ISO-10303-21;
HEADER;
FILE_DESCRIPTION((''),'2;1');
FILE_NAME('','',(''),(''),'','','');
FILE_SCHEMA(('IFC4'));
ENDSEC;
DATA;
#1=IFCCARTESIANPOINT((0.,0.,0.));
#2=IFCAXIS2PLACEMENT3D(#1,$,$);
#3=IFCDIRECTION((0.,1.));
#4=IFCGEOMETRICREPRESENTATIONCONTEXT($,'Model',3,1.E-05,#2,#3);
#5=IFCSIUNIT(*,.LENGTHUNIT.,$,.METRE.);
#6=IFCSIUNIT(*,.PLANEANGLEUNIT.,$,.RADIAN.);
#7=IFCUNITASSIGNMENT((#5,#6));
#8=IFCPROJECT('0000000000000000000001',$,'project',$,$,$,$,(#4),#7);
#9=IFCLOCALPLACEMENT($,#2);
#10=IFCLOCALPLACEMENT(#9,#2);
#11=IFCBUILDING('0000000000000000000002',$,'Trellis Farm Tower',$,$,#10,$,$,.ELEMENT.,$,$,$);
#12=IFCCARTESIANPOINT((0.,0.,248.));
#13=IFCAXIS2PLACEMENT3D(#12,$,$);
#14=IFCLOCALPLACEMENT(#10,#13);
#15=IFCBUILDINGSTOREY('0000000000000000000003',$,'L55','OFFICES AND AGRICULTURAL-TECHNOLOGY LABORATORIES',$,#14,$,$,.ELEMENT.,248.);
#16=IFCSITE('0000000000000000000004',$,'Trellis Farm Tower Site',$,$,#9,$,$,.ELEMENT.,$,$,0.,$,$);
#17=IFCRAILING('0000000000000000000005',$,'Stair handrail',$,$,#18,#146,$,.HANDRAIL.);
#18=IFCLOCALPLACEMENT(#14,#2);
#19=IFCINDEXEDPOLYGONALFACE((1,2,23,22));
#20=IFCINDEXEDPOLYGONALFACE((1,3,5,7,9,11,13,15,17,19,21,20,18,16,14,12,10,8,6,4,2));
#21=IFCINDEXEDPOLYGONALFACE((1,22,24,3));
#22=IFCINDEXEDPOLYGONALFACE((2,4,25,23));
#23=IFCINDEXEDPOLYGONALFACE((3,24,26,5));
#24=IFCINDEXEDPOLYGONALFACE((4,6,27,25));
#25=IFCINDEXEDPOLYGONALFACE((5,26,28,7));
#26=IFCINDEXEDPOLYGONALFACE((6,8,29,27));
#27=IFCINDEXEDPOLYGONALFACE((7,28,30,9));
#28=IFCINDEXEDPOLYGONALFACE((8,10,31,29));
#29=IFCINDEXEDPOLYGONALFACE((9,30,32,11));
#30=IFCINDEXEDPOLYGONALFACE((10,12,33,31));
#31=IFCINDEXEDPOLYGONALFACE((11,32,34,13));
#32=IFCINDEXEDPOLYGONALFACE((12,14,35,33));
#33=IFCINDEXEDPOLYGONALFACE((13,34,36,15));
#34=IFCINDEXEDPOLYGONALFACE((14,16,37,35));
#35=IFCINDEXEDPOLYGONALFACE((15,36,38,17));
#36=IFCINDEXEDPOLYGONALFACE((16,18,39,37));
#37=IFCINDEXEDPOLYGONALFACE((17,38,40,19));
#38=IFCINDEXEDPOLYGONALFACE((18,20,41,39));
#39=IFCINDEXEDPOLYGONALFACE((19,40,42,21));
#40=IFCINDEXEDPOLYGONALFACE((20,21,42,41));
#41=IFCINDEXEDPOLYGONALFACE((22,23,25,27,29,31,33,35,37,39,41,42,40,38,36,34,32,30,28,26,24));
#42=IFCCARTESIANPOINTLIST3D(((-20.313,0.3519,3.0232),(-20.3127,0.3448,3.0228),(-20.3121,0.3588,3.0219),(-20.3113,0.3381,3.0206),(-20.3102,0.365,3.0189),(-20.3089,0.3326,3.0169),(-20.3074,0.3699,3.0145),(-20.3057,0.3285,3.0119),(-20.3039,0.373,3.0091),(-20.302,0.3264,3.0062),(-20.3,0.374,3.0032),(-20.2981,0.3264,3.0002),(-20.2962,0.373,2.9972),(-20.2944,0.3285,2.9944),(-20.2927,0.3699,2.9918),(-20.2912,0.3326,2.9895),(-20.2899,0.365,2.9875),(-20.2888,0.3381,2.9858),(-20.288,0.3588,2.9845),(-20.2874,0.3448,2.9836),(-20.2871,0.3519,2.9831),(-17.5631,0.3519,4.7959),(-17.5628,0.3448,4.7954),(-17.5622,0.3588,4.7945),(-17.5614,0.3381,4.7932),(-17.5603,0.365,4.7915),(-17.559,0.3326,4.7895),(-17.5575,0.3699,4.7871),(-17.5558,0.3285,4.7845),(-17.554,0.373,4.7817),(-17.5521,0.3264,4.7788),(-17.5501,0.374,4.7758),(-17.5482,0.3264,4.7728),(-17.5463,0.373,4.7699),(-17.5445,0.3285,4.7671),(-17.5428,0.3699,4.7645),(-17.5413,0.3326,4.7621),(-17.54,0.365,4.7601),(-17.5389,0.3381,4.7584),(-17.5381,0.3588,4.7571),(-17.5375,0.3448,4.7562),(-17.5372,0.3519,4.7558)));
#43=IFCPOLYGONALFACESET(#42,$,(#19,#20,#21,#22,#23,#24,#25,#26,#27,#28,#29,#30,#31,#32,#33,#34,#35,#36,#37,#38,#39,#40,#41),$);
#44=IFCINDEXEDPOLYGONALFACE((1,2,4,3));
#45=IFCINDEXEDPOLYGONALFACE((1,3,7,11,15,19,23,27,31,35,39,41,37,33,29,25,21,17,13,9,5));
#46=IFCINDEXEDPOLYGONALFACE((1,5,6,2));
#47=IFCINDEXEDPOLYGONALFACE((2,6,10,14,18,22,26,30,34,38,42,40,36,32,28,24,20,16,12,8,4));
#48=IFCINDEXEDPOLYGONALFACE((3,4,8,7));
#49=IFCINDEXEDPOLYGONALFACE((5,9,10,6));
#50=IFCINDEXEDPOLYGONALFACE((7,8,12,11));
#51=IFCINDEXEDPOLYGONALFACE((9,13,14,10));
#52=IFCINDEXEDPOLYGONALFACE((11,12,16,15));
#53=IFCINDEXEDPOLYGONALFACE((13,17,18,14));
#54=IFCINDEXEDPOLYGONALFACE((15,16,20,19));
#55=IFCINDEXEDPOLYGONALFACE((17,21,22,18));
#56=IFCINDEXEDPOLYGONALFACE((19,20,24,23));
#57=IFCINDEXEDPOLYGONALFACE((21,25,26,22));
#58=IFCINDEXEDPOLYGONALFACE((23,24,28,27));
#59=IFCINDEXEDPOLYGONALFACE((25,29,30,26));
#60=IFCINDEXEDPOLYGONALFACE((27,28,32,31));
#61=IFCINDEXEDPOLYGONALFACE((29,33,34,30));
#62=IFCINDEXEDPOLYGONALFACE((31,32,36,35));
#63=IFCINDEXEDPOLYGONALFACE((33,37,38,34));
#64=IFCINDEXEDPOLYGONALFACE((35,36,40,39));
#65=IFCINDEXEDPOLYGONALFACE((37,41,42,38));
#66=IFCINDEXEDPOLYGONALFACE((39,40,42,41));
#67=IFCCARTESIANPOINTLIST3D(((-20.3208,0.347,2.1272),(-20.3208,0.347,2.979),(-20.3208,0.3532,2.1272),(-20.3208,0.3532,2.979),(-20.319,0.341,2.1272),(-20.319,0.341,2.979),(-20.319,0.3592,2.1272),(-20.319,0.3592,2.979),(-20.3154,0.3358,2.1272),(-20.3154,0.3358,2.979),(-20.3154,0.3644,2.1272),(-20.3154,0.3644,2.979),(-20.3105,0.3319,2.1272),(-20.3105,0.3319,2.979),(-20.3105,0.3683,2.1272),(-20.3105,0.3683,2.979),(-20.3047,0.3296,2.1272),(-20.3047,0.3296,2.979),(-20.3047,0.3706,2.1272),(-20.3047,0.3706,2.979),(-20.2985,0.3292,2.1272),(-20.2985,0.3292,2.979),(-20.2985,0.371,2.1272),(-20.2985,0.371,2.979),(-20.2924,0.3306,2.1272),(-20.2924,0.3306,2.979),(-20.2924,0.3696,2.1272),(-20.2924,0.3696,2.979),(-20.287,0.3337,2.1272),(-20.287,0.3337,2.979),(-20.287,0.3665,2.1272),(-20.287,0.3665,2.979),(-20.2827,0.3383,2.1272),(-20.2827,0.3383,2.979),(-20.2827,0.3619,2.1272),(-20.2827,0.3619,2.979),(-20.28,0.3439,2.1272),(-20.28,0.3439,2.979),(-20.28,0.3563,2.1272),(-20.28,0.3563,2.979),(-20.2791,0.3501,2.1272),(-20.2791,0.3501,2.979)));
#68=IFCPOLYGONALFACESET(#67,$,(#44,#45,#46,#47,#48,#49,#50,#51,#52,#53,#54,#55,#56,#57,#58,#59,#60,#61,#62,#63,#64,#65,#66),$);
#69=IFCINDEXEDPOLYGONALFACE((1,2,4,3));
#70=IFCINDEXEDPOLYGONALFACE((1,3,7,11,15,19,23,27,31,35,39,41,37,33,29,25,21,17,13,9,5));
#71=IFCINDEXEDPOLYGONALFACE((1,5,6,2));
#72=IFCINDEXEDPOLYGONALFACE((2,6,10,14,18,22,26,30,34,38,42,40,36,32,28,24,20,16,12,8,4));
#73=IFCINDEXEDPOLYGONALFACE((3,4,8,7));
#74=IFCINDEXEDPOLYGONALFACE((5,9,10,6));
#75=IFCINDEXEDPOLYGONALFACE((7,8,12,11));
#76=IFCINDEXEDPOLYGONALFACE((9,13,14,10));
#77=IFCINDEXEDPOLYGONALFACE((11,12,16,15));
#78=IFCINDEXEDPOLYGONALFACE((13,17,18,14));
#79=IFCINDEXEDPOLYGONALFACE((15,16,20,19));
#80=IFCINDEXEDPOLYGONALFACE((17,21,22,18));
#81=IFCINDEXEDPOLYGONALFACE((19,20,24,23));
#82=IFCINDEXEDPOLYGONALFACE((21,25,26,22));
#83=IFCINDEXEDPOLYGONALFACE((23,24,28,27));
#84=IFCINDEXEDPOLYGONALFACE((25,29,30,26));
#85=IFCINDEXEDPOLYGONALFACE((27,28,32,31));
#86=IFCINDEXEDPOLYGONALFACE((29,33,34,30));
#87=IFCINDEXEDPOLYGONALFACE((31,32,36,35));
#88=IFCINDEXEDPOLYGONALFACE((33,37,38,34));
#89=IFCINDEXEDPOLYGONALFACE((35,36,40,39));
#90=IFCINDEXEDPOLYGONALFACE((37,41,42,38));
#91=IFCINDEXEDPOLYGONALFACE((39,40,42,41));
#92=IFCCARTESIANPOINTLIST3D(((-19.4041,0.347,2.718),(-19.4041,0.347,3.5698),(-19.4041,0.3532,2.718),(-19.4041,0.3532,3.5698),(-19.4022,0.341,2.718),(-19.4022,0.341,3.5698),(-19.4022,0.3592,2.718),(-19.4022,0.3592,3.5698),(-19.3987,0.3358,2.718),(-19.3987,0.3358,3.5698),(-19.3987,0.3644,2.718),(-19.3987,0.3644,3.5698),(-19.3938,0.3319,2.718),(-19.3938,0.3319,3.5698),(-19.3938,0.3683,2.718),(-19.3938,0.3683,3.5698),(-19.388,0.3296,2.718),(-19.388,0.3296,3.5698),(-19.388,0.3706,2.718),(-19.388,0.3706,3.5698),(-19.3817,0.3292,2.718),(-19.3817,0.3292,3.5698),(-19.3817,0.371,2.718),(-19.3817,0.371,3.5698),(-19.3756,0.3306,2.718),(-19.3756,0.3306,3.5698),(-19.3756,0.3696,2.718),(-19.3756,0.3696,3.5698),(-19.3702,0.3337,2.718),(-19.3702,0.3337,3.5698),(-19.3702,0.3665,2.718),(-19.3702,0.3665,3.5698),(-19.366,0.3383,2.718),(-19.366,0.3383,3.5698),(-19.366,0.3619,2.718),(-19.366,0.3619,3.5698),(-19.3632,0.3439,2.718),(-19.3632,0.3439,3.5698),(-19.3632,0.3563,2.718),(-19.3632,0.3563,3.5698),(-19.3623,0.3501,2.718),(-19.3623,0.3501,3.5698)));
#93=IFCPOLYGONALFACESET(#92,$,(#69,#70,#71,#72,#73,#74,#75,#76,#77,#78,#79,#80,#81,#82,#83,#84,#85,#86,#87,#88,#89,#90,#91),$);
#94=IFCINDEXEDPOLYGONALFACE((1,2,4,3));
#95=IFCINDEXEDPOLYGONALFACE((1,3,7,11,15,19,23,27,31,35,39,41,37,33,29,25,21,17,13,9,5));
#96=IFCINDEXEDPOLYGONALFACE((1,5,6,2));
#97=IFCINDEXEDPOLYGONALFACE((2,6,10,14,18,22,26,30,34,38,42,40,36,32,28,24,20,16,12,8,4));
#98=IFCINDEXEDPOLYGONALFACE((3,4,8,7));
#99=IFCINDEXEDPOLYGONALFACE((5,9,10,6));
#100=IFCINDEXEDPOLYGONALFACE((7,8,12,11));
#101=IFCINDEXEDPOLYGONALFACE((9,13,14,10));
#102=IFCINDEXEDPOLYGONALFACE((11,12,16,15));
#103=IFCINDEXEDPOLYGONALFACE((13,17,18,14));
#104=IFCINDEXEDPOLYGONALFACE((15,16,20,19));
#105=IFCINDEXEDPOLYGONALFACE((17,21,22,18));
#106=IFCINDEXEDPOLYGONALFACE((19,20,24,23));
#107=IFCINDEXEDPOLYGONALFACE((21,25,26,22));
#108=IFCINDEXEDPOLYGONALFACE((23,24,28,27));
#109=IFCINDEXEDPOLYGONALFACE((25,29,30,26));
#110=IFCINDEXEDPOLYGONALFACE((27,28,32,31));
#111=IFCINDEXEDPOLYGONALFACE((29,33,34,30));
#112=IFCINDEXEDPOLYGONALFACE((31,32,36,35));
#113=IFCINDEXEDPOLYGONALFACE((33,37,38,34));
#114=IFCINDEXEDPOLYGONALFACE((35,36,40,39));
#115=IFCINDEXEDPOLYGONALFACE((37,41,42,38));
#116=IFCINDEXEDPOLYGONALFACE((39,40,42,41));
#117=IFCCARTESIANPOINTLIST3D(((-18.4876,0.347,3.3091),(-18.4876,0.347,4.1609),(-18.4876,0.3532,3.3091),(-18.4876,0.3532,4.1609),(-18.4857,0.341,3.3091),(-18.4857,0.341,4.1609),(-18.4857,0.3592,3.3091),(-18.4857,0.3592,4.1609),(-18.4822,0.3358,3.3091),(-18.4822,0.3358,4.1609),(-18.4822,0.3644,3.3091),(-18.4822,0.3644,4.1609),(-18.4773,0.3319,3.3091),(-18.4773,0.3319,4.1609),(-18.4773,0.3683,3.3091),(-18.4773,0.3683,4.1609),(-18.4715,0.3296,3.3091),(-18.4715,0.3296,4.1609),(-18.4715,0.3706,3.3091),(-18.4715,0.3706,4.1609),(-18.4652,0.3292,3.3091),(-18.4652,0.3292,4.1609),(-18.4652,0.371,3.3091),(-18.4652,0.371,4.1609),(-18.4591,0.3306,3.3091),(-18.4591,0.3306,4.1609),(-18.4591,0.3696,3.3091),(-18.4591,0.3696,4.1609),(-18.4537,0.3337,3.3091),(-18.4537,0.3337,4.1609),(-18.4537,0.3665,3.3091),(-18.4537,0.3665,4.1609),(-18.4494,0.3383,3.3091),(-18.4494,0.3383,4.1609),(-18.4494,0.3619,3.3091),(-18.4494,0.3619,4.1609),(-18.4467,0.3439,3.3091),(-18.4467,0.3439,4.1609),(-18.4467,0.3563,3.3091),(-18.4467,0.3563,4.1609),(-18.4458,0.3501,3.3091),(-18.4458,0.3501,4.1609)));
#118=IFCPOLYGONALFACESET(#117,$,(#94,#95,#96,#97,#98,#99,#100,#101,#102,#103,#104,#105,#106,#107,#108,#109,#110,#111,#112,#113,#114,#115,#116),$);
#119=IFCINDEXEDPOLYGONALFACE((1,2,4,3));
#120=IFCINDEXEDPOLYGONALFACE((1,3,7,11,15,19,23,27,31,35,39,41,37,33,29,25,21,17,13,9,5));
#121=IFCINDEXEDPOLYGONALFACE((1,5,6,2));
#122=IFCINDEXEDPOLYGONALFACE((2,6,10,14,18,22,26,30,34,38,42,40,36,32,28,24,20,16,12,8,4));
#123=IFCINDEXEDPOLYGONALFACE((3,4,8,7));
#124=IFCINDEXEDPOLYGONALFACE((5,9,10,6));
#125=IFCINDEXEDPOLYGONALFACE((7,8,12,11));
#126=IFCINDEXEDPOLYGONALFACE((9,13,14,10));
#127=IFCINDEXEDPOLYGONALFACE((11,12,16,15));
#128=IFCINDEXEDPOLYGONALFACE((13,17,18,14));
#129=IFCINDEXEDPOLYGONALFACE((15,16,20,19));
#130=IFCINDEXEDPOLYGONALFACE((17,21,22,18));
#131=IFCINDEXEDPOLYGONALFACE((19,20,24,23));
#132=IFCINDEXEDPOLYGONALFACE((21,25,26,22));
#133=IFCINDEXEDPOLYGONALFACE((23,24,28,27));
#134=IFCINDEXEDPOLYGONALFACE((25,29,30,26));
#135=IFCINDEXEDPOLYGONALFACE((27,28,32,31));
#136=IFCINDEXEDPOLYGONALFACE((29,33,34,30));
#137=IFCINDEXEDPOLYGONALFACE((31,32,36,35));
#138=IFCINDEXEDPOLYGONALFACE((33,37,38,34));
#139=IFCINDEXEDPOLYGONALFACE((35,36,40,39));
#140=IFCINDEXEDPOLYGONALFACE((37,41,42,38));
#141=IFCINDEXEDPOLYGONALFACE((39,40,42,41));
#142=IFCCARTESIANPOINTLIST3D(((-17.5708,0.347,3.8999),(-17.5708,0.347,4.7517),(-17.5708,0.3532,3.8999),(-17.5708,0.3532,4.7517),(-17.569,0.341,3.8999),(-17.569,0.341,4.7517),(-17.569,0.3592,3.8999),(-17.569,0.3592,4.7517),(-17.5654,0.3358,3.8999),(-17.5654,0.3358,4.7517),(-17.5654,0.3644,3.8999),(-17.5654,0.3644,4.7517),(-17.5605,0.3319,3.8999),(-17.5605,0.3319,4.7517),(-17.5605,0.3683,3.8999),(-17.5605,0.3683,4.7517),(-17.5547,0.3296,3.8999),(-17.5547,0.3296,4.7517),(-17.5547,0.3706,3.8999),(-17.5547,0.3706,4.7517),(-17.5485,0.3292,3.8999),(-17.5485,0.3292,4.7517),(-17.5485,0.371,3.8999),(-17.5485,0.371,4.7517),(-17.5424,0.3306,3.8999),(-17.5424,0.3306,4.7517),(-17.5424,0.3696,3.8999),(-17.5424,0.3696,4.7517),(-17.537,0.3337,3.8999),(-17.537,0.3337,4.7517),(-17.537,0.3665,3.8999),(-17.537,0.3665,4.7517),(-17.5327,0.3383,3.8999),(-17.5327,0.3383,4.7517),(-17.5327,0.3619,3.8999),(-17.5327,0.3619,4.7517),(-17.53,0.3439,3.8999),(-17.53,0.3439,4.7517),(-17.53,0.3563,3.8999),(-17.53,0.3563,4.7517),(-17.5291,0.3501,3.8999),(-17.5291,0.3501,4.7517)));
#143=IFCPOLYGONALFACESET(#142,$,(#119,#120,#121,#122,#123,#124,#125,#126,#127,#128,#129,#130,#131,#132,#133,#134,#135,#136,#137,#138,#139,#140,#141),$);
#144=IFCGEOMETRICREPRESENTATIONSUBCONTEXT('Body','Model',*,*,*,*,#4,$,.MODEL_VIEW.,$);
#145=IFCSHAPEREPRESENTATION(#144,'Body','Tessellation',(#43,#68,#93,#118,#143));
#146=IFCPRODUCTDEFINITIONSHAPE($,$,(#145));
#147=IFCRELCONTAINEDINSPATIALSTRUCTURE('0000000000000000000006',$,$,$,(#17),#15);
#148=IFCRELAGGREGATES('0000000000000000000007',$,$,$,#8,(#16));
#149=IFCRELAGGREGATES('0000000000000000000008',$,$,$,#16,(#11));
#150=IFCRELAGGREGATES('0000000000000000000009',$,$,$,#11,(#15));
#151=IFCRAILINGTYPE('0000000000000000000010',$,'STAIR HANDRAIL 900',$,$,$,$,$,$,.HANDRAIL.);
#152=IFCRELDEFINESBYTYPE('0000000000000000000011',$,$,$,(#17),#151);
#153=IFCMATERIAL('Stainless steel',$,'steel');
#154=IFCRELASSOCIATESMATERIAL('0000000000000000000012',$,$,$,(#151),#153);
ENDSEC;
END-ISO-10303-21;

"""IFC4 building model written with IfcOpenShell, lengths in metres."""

from ifc_helpers import new_model, si_unit, direction, frame, origin, origin_2d, place, context, subcontext, project, spatial, circle, extrude, source, transform, mapped, material, type_object, element, save


model = new_model("IFC4")

# Units and contexts
model_context = context("Model", 3, precision=1e-05, world=origin(), true_north=direction((0.0, 1.0)))
body_context = subcontext(model_context, "Body", "Model", "MODEL_VIEW")
ifc_project = project(units=[si_unit("LENGTHUNIT", "METRE"), si_unit("PLANEANGLEUNIT", "RADIAN")], contexts=[model_context])

# Site, building, storey
site_placement = place(None, origin())
site = spatial("IfcSite", under=ifc_project, at=site_placement, Name="Trellis Farm Tower Site", CompositionType="ELEMENT", RefElevation=0.0)
building_placement = place(site_placement, origin())
building = spatial("IfcBuilding", under=site, at=building_placement, Name="Trellis Farm Tower", CompositionType="ELEMENT")
storey_placement = place(building_placement, frame((0.0, 0.0, 248.0)))
storey = spatial("IfcBuildingStorey", under=building, at=storey_placement, Name="L55", Description="OFFICES AND AGRICULTURAL-TECHNOLOGY LABORATORIES", CompositionType="ELEMENT", Elevation=248.0)

# Railing
ifc_material_1 = material(Name="Stainless steel", Category="steel")
railing_type = type_object("IfcRailingType", Name="STAIR HANDRAIL 900", PredefinedType="HANDRAIL", material=ifc_material_1)
shared_shape_1 = source(origin(), body_context, "Body", "SweptSolid", [
    extrude(circle(Radius=0.0239, at=origin_2d()), frame((0.0, 0.0, 0.876), z_axis=(0.840504, 0.0, 0.541806), x_axis=(0.0, 1.0, 0.0)), (0.0, 0.0, 1.0), 3.2717),
    extrude(circle(Radius=0.021, at=origin_2d()), origin(), (0.0, 0.0, 1.0), 0.8518),
    extrude(circle(Radius=0.021, at=origin_2d()), frame((0.9167, 0.0, 0.5908)), (0.0, 0.0, 1.0), 0.8518),
    extrude(circle(Radius=0.021, at=origin_2d()), frame((1.8333, 0.0, 1.1819)), (0.0, 0.0, 1.0), 0.8518),
    extrude(circle(Radius=0.021, at=origin_2d()), frame((2.75, 0.0, 1.7727)), (0.0, 0.0, 1.0), 0.8518),
])
for number, where, name in (
    (1, (-20.3, 0.3501, 2.1272), "Stair handrail"),
):
    element("IfcRailing", number, at=place(storey_placement, frame(where)), inside=storey, type_object=railing_type, Name=name, PredefinedType="HANDRAIL", context=body_context, shape_type="MappedRepresentation", body=[
        mapped(shared_shape_1, transform((0.0, 0.0, 0.0))),
    ])

save(model, "model.ifc")
